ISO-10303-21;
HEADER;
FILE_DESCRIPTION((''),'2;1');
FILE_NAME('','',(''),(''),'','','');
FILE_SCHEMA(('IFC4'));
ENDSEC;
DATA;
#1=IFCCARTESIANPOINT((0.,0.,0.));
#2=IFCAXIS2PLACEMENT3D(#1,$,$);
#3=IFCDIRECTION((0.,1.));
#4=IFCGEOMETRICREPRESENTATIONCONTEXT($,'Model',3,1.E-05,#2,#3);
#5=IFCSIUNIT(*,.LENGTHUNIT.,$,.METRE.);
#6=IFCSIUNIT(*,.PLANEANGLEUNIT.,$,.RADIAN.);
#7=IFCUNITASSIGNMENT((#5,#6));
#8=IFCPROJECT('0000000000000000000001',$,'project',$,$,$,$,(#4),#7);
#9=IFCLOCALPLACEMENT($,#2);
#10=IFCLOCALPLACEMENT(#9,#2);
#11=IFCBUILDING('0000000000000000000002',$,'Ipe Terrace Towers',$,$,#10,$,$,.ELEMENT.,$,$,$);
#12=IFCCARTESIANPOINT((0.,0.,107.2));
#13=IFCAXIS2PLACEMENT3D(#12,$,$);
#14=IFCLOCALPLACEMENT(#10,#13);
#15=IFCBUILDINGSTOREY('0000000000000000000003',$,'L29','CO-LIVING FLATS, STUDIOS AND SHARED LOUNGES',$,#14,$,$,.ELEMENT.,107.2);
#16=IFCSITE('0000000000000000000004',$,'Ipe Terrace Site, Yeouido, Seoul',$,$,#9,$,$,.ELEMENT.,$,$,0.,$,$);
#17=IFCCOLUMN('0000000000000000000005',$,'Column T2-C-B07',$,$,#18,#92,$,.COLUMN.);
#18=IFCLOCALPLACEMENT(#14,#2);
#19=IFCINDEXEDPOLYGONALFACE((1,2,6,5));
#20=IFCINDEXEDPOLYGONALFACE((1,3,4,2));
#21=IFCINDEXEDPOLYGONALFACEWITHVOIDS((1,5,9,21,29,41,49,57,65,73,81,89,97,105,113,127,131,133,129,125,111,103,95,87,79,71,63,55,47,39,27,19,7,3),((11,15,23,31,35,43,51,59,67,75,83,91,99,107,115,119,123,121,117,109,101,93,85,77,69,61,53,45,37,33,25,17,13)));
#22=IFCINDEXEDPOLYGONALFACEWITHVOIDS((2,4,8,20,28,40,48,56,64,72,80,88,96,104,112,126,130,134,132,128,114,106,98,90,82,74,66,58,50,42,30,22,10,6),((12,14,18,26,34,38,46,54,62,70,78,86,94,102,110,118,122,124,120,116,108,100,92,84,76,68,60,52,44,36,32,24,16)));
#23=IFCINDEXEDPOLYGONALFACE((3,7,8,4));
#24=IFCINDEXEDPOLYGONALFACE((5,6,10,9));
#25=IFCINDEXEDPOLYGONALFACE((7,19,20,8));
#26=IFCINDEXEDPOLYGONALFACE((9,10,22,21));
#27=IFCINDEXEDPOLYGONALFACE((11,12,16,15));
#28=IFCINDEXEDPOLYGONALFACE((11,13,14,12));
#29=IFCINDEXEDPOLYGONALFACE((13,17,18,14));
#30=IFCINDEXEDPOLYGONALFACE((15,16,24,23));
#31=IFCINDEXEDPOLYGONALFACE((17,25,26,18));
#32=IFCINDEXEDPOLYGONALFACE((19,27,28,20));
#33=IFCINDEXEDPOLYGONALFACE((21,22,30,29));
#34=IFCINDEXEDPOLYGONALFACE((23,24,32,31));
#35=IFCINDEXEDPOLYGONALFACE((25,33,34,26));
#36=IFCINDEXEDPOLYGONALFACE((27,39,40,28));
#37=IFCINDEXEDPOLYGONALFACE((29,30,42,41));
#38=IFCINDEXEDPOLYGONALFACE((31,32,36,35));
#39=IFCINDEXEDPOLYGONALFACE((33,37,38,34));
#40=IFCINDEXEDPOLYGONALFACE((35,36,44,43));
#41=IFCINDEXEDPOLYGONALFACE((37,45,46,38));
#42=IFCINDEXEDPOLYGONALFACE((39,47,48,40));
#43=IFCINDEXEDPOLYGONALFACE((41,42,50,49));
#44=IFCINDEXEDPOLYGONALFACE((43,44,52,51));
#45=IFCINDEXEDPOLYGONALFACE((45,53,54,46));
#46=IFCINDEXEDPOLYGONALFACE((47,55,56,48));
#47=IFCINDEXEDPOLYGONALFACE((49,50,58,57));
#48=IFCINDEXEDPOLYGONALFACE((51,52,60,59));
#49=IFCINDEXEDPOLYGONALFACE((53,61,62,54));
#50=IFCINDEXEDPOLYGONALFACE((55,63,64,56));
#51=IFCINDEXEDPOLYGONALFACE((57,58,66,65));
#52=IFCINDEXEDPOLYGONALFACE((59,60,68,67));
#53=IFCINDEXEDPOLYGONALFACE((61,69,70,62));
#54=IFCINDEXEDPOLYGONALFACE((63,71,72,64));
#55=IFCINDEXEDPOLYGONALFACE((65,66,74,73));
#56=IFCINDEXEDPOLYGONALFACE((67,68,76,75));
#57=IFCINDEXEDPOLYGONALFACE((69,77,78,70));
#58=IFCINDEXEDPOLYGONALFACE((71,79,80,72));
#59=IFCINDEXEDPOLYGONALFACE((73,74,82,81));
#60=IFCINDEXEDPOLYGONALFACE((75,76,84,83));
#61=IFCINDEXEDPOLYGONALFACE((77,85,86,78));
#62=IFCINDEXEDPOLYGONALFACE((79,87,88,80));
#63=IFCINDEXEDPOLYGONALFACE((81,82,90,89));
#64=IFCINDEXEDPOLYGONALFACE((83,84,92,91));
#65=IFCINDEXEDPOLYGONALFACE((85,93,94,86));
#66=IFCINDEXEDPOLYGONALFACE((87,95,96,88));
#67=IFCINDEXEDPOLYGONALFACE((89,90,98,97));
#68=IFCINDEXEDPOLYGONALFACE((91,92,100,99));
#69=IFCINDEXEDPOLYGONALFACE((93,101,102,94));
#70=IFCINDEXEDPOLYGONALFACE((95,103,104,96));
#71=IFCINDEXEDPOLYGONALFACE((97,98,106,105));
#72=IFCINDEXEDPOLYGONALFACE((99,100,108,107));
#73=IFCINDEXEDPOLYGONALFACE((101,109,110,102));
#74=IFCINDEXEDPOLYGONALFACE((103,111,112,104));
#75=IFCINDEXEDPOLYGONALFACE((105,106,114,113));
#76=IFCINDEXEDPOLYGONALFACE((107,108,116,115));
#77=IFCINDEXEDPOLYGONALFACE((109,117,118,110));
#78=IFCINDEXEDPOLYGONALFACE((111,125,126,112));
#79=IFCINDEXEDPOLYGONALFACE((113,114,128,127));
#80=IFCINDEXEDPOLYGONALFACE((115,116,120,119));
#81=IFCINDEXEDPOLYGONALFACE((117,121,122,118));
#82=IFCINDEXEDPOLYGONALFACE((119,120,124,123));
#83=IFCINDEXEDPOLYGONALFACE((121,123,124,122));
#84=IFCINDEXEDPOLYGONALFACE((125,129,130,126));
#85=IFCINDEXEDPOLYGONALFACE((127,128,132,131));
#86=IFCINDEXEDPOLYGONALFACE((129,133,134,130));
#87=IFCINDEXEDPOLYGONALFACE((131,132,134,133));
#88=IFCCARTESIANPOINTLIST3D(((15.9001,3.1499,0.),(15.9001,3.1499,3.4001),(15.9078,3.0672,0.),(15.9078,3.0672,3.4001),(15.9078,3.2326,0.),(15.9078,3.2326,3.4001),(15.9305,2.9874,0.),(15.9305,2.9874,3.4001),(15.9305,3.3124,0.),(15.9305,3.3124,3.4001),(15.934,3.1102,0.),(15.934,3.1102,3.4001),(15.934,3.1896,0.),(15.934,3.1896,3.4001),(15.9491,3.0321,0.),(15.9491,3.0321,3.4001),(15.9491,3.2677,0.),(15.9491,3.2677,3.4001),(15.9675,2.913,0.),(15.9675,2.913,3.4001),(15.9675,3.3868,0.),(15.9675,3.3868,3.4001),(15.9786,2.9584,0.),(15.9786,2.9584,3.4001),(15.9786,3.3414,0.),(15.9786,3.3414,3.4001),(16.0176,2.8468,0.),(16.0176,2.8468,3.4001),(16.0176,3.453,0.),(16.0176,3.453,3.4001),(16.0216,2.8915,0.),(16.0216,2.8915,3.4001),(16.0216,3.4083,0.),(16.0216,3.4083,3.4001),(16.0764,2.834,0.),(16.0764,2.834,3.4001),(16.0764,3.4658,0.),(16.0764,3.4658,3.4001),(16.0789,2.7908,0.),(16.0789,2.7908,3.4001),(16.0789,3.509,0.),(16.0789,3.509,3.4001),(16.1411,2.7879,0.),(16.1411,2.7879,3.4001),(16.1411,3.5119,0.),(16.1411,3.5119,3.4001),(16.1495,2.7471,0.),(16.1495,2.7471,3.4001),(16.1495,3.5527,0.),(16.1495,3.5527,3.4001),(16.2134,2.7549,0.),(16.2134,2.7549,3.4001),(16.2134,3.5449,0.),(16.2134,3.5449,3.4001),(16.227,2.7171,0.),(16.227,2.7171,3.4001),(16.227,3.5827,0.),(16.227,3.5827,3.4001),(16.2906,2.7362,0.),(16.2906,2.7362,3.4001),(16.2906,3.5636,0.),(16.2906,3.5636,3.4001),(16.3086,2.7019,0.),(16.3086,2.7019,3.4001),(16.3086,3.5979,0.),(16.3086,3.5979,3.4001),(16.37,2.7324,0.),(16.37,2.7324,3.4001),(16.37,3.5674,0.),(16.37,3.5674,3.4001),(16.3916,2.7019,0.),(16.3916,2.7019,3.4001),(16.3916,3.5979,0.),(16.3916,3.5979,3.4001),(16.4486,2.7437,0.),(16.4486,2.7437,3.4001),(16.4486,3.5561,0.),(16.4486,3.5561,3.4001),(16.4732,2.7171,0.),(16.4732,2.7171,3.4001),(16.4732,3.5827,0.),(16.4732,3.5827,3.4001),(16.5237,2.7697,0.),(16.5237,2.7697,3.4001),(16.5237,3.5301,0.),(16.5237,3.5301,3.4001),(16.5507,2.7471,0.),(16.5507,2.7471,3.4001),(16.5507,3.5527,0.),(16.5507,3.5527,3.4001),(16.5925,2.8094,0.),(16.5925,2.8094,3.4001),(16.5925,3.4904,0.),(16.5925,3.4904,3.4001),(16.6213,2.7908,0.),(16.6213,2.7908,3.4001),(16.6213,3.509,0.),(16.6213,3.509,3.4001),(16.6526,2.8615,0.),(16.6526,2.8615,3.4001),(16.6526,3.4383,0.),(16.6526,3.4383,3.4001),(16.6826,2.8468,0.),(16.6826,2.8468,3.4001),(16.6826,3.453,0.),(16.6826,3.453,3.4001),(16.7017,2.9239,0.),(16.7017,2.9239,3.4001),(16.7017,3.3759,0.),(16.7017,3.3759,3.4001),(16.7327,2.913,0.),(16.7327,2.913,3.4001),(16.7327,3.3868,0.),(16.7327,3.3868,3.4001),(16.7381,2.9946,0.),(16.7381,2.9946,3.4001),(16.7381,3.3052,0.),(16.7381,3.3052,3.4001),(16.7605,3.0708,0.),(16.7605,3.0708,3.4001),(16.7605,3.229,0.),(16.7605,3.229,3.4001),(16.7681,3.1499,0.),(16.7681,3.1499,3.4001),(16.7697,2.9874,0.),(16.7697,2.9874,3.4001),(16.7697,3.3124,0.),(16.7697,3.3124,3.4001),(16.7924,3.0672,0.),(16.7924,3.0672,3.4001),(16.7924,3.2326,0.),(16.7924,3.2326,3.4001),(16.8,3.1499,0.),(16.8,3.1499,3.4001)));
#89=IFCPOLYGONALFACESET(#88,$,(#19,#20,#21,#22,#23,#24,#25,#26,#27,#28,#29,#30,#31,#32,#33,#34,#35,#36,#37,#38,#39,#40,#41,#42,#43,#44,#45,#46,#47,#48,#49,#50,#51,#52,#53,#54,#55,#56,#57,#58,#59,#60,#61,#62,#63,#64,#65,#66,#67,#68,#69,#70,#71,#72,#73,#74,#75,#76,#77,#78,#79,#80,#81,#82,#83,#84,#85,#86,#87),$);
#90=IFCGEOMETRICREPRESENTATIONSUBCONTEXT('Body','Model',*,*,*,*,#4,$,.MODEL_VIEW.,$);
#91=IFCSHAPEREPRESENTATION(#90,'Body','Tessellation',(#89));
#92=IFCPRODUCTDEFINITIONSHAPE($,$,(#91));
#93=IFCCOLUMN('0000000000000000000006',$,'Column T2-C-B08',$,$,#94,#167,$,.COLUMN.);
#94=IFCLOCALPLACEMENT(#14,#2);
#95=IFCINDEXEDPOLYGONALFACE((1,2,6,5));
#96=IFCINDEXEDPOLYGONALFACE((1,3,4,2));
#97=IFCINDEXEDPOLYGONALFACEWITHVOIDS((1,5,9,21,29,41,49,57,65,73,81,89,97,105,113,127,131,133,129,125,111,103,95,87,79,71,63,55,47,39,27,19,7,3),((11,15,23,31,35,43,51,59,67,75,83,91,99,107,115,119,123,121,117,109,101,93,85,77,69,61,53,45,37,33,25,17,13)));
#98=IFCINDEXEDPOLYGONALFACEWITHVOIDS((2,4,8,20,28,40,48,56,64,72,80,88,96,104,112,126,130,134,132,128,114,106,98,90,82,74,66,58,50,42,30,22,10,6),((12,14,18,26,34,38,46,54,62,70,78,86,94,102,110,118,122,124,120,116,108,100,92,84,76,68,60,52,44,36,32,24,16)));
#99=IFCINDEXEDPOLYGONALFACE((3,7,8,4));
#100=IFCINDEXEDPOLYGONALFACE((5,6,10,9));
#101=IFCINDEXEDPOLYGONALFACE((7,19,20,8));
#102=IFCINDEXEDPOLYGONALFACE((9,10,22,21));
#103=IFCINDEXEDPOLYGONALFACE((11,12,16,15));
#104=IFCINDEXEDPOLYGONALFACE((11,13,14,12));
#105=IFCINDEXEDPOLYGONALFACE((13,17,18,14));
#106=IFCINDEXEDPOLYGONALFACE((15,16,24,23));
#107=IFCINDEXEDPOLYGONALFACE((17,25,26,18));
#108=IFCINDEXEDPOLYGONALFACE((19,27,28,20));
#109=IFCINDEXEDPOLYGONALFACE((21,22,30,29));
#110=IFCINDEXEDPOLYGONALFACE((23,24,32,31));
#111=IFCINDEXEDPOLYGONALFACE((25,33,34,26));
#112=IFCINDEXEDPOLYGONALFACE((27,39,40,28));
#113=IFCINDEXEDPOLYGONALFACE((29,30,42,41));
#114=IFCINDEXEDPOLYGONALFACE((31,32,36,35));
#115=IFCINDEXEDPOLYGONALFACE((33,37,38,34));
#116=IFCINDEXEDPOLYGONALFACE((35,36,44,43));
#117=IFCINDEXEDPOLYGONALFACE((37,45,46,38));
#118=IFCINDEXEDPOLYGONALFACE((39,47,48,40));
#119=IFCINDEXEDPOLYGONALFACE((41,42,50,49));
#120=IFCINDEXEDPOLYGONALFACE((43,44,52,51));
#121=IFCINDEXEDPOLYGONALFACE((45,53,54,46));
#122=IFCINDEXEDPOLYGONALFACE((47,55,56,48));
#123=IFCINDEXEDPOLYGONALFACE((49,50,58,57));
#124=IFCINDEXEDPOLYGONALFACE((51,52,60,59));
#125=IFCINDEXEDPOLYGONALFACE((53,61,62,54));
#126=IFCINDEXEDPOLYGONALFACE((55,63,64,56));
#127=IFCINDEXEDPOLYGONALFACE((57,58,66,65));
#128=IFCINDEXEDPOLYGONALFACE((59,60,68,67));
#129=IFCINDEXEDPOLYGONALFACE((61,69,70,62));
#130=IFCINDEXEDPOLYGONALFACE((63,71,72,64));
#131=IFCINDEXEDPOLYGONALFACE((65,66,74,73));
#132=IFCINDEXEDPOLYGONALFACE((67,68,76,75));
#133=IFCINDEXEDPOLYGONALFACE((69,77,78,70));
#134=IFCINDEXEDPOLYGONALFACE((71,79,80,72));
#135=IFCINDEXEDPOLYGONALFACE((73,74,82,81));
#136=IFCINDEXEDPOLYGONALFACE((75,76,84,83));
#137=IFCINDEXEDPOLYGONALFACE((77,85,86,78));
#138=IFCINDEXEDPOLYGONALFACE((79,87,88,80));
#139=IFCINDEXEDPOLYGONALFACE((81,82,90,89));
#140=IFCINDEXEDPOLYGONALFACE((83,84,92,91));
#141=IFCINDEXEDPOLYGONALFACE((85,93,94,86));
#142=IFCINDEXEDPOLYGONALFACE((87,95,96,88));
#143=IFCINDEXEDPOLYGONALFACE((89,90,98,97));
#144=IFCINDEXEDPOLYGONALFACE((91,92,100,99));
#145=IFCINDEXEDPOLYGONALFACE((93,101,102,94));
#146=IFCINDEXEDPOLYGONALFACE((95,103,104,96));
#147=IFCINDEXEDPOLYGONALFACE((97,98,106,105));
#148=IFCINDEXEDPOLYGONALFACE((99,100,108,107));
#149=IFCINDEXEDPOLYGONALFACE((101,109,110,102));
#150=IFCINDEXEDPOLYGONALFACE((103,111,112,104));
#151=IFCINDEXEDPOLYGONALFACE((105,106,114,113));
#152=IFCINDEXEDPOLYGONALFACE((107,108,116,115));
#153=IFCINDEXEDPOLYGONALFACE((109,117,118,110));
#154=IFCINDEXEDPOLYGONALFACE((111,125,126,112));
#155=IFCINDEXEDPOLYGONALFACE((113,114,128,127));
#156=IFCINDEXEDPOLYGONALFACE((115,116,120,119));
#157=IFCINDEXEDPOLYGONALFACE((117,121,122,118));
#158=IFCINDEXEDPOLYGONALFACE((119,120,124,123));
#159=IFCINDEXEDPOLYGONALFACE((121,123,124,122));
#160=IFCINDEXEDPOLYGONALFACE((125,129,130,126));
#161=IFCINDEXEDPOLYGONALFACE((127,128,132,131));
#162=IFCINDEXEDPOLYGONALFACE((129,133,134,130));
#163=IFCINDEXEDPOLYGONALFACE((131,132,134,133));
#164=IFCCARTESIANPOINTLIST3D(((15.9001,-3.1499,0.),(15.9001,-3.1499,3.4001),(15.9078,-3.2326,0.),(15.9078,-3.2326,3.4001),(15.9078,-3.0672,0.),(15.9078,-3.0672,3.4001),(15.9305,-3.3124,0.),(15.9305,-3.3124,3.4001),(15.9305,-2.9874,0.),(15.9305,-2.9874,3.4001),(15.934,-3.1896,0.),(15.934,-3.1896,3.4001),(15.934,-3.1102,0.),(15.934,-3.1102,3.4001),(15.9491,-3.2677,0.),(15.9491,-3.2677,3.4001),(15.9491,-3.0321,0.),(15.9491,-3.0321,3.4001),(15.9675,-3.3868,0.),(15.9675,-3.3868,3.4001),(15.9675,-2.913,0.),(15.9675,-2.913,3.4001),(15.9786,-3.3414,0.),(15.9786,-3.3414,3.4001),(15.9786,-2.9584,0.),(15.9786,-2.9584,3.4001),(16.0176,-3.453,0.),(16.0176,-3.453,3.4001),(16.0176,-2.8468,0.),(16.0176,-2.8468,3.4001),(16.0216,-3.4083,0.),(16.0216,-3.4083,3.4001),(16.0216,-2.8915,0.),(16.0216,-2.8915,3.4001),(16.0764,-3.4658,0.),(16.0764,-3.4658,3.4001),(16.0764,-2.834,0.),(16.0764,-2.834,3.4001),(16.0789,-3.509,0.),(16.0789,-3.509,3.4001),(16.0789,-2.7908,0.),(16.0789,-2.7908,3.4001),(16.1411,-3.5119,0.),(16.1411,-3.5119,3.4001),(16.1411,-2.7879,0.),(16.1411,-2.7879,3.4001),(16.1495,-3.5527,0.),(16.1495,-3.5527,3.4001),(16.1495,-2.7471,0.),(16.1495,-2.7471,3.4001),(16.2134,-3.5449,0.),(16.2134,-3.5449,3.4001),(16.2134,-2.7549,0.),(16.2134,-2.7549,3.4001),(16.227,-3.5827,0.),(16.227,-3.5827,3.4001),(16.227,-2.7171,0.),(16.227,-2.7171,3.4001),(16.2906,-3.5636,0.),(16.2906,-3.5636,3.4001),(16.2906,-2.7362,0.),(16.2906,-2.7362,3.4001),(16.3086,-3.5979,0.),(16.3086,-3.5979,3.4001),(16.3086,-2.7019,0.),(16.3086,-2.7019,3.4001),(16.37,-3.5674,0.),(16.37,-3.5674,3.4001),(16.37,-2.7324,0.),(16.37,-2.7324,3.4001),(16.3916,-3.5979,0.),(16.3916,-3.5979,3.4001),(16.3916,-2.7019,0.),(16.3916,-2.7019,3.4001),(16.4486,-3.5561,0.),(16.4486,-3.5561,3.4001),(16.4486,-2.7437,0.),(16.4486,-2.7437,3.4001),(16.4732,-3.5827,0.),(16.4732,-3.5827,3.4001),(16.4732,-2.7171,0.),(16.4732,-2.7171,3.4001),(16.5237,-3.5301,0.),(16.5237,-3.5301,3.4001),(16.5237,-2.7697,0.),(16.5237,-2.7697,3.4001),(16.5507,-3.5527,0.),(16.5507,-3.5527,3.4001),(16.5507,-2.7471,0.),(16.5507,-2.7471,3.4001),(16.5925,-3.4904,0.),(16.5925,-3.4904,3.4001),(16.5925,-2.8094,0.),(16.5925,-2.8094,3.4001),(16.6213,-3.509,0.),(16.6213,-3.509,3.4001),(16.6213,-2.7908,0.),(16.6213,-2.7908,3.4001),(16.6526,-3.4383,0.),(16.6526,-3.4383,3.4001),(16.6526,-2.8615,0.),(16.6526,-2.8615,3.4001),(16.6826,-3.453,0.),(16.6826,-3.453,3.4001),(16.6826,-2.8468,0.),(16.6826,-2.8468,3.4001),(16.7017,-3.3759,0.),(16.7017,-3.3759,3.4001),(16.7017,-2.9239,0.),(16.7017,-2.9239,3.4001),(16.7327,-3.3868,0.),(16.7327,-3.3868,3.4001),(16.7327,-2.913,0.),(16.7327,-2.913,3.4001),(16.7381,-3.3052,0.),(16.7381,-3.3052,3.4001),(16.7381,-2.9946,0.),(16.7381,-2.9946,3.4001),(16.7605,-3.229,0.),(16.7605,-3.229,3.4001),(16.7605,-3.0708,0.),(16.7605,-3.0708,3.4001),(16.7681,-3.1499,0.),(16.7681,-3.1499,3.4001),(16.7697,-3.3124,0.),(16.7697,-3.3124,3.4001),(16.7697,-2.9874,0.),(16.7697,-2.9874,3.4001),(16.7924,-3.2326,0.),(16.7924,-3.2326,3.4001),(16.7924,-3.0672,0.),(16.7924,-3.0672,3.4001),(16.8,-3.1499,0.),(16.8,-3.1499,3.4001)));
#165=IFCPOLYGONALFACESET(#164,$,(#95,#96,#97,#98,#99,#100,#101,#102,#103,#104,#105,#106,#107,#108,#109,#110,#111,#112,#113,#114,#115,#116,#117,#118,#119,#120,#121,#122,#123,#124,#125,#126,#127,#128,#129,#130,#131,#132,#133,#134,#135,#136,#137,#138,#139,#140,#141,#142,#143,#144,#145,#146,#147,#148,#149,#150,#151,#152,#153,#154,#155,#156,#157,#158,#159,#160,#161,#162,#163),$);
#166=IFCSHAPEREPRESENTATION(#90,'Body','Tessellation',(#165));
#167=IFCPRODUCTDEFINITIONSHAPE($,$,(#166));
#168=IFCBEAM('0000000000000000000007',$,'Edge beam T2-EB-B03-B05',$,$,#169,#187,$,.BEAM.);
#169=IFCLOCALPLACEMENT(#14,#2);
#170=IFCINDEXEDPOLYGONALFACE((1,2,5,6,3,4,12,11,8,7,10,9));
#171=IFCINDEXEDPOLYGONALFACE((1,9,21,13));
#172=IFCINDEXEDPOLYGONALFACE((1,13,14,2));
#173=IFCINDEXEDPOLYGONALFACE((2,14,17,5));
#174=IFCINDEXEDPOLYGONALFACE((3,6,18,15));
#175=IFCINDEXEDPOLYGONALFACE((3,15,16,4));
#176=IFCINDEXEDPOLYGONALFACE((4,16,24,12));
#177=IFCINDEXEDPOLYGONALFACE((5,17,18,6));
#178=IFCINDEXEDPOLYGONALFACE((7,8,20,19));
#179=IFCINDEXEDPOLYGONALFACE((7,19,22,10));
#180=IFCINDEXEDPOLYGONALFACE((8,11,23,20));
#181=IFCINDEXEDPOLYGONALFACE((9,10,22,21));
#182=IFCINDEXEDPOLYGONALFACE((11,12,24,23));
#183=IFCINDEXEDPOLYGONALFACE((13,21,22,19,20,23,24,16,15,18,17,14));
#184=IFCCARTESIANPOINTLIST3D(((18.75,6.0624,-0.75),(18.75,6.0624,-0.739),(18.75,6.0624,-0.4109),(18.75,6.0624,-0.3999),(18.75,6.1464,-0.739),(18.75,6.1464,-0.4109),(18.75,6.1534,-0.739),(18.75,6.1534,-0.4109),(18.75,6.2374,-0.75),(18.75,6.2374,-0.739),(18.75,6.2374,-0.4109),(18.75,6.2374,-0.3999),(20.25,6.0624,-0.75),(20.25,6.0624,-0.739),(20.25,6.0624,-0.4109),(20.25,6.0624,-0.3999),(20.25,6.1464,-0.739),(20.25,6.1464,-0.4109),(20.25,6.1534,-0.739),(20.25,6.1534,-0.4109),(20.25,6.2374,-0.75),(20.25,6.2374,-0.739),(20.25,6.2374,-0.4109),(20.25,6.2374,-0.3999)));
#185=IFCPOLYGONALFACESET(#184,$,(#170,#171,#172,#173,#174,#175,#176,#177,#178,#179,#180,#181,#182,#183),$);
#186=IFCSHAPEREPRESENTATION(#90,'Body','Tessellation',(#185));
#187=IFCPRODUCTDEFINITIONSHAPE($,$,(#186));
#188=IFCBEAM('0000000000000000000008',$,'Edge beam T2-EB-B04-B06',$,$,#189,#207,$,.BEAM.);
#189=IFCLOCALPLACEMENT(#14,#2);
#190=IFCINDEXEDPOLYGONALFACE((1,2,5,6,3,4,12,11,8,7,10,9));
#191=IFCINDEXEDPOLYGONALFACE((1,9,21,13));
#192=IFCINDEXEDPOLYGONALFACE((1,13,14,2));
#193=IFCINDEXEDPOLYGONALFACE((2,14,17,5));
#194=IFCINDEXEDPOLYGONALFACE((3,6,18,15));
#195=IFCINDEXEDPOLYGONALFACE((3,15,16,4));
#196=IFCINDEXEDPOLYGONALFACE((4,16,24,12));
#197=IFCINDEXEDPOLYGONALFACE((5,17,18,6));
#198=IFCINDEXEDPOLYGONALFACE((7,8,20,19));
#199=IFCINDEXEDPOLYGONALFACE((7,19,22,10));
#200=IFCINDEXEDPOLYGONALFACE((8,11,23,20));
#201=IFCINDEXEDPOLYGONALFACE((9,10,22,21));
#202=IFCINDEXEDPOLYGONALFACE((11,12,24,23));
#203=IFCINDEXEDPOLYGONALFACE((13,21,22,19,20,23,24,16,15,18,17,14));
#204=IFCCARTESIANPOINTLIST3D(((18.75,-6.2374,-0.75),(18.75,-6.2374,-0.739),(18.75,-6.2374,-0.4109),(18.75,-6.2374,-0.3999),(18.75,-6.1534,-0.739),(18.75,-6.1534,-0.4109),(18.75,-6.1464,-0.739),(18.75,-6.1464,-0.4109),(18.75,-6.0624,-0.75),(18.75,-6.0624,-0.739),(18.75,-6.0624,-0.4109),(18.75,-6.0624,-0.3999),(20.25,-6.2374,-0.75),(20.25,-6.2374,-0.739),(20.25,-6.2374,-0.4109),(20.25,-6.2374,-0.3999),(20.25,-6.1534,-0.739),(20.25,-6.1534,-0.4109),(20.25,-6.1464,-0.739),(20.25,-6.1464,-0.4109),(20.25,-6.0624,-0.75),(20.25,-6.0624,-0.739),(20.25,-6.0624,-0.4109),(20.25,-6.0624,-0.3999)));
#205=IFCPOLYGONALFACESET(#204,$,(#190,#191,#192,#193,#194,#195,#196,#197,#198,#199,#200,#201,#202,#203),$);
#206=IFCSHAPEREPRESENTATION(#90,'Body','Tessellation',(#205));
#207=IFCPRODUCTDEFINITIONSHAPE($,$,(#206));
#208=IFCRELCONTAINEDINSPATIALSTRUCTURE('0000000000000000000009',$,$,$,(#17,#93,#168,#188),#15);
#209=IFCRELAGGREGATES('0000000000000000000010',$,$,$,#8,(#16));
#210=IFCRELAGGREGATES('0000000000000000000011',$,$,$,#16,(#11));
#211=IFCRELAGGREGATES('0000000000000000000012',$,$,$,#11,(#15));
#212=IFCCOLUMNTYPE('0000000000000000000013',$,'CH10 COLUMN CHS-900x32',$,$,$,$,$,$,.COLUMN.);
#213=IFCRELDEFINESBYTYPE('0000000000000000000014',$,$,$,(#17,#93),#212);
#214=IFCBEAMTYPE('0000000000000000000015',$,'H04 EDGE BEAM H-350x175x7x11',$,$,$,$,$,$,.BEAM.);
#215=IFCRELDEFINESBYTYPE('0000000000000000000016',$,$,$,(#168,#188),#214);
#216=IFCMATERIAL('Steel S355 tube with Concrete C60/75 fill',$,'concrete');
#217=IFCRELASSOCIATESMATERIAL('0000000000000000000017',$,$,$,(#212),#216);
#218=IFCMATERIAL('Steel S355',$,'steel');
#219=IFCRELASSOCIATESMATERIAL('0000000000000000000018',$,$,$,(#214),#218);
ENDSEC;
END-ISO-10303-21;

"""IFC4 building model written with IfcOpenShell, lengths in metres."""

from ifc_helpers import new_model, si_unit, direction, frame, origin, origin_2d, place, context, subcontext, project, spatial, hollow_circle, i_section, extrude, material, material_profile, profile_set, type_object, element, save


model = new_model("IFC4")

# Units and contexts
model_context = context("Model", 3, precision=1e-05, world=origin(), true_north=direction((0.0, 1.0)))
body_context = subcontext(model_context, "Body", "Model", "MODEL_VIEW")
ifc_project = project(units=[si_unit("LENGTHUNIT", "METRE"), si_unit("PLANEANGLEUNIT", "RADIAN")], contexts=[model_context])

# Site, building, storey
site_placement = place(None, origin())
site = spatial("IfcSite", under=ifc_project, at=site_placement, Name="Ipe Terrace Site, Yeouido, Seoul", CompositionType="ELEMENT", RefElevation=0.0)
building_placement = place(site_placement, origin())
building = spatial("IfcBuilding", under=site, at=building_placement, Name="Ipe Terrace Towers", CompositionType="ELEMENT")
storey_placement = place(building_placement, frame((0.0, 0.0, 107.2)))
storey = spatial("IfcBuildingStorey", under=building, at=storey_placement, Name="L29", Description="CO-LIVING FLATS, STUDIOS AND SHARED LOUNGES", CompositionType="ELEMENT", Elevation=107.2)

# Columns
ifc_material_1 = material(Name="Steel S355 tube with Concrete C60/75 fill", Category="concrete")
ifc_material_profile_1 = material_profile(ifc_material_1, hollow_circle(Radius=0.45, WallThickness=0.032, at=origin_2d()), Name="CHS-900x32")
ifc_profile_set_1 = profile_set([ifc_material_profile_1], Name="Steel S355 tube with Concrete C60/75 fill")
column_type = type_object("IfcColumnType", Name="CH10 COLUMN CHS-900x32", PredefinedType="COLUMN", material=ifc_profile_set_1)
for number, where, z_axis, x_axis, name in (
    (1, (16.3501, 3.1499, 0.0), (0.0, 0.0, 1.0), (1.0, 0.0, 0.0), "Column T2-C-B07"),
    (2, (16.3501, -3.1499, 0.0), (0.0, 0.0, 1.0), (1.0, 0.0, 0.0), "Column T2-C-B08"),
):
    element("IfcColumn", number, at=place(storey_placement, frame(where, z_axis=z_axis, x_axis=x_axis)), inside=storey, type_object=column_type, Name=name, PredefinedType="COLUMN", context=body_context, shape_type="SweptSolid", body=[
        extrude(hollow_circle(Radius=0.45, WallThickness=0.032, at=origin_2d()), origin(), (0.0, 0.0, 1.0), 3.4001),
    ])

# Beams
ifc_material_2 = material(Name="Steel S355", Category="steel")
ifc_material_profile_2 = material_profile(ifc_material_2, i_section(OverallWidth=0.175, OverallDepth=0.3501, WebThickness=0.0071, FlangeThickness=0.011, at=origin_2d()), Name="H-350x175x7x11")
ifc_profile_set_2 = profile_set([ifc_material_profile_2], Name="Steel S355")
beam_type_1 = type_object("IfcBeamType", Name="H04 EDGE BEAM H-350x175x7x11", PredefinedType="BEAM", material=ifc_profile_set_2)
for number, where, z_axis, x_axis, name in (
    (3, (20.25, 6.1499, -0.575), (-1.0, 0.0, 0.0), (0.0, -1.0, 0.0), "Edge beam T2-EB-B03-B05"),
    (4, (20.25, -6.1499, -0.575), (-1.0, 0.0, 0.0), (0.0, -1.0, 0.0), "Edge beam T2-EB-B04-B06"),
):
    element("IfcBeam", number, at=place(storey_placement, frame(where, z_axis=z_axis, x_axis=x_axis)), inside=storey, type_object=beam_type_1, Name=name, PredefinedType="BEAM", context=body_context, shape_type="SweptSolid", body=[
        extrude(i_section(OverallWidth=0.175, OverallDepth=0.3501, WebThickness=0.0071, FlangeThickness=0.011, at=origin_2d()), origin(), (0.0, 0.0, 1.0), 1.5),
    ])

save(model, "model.ifc")
